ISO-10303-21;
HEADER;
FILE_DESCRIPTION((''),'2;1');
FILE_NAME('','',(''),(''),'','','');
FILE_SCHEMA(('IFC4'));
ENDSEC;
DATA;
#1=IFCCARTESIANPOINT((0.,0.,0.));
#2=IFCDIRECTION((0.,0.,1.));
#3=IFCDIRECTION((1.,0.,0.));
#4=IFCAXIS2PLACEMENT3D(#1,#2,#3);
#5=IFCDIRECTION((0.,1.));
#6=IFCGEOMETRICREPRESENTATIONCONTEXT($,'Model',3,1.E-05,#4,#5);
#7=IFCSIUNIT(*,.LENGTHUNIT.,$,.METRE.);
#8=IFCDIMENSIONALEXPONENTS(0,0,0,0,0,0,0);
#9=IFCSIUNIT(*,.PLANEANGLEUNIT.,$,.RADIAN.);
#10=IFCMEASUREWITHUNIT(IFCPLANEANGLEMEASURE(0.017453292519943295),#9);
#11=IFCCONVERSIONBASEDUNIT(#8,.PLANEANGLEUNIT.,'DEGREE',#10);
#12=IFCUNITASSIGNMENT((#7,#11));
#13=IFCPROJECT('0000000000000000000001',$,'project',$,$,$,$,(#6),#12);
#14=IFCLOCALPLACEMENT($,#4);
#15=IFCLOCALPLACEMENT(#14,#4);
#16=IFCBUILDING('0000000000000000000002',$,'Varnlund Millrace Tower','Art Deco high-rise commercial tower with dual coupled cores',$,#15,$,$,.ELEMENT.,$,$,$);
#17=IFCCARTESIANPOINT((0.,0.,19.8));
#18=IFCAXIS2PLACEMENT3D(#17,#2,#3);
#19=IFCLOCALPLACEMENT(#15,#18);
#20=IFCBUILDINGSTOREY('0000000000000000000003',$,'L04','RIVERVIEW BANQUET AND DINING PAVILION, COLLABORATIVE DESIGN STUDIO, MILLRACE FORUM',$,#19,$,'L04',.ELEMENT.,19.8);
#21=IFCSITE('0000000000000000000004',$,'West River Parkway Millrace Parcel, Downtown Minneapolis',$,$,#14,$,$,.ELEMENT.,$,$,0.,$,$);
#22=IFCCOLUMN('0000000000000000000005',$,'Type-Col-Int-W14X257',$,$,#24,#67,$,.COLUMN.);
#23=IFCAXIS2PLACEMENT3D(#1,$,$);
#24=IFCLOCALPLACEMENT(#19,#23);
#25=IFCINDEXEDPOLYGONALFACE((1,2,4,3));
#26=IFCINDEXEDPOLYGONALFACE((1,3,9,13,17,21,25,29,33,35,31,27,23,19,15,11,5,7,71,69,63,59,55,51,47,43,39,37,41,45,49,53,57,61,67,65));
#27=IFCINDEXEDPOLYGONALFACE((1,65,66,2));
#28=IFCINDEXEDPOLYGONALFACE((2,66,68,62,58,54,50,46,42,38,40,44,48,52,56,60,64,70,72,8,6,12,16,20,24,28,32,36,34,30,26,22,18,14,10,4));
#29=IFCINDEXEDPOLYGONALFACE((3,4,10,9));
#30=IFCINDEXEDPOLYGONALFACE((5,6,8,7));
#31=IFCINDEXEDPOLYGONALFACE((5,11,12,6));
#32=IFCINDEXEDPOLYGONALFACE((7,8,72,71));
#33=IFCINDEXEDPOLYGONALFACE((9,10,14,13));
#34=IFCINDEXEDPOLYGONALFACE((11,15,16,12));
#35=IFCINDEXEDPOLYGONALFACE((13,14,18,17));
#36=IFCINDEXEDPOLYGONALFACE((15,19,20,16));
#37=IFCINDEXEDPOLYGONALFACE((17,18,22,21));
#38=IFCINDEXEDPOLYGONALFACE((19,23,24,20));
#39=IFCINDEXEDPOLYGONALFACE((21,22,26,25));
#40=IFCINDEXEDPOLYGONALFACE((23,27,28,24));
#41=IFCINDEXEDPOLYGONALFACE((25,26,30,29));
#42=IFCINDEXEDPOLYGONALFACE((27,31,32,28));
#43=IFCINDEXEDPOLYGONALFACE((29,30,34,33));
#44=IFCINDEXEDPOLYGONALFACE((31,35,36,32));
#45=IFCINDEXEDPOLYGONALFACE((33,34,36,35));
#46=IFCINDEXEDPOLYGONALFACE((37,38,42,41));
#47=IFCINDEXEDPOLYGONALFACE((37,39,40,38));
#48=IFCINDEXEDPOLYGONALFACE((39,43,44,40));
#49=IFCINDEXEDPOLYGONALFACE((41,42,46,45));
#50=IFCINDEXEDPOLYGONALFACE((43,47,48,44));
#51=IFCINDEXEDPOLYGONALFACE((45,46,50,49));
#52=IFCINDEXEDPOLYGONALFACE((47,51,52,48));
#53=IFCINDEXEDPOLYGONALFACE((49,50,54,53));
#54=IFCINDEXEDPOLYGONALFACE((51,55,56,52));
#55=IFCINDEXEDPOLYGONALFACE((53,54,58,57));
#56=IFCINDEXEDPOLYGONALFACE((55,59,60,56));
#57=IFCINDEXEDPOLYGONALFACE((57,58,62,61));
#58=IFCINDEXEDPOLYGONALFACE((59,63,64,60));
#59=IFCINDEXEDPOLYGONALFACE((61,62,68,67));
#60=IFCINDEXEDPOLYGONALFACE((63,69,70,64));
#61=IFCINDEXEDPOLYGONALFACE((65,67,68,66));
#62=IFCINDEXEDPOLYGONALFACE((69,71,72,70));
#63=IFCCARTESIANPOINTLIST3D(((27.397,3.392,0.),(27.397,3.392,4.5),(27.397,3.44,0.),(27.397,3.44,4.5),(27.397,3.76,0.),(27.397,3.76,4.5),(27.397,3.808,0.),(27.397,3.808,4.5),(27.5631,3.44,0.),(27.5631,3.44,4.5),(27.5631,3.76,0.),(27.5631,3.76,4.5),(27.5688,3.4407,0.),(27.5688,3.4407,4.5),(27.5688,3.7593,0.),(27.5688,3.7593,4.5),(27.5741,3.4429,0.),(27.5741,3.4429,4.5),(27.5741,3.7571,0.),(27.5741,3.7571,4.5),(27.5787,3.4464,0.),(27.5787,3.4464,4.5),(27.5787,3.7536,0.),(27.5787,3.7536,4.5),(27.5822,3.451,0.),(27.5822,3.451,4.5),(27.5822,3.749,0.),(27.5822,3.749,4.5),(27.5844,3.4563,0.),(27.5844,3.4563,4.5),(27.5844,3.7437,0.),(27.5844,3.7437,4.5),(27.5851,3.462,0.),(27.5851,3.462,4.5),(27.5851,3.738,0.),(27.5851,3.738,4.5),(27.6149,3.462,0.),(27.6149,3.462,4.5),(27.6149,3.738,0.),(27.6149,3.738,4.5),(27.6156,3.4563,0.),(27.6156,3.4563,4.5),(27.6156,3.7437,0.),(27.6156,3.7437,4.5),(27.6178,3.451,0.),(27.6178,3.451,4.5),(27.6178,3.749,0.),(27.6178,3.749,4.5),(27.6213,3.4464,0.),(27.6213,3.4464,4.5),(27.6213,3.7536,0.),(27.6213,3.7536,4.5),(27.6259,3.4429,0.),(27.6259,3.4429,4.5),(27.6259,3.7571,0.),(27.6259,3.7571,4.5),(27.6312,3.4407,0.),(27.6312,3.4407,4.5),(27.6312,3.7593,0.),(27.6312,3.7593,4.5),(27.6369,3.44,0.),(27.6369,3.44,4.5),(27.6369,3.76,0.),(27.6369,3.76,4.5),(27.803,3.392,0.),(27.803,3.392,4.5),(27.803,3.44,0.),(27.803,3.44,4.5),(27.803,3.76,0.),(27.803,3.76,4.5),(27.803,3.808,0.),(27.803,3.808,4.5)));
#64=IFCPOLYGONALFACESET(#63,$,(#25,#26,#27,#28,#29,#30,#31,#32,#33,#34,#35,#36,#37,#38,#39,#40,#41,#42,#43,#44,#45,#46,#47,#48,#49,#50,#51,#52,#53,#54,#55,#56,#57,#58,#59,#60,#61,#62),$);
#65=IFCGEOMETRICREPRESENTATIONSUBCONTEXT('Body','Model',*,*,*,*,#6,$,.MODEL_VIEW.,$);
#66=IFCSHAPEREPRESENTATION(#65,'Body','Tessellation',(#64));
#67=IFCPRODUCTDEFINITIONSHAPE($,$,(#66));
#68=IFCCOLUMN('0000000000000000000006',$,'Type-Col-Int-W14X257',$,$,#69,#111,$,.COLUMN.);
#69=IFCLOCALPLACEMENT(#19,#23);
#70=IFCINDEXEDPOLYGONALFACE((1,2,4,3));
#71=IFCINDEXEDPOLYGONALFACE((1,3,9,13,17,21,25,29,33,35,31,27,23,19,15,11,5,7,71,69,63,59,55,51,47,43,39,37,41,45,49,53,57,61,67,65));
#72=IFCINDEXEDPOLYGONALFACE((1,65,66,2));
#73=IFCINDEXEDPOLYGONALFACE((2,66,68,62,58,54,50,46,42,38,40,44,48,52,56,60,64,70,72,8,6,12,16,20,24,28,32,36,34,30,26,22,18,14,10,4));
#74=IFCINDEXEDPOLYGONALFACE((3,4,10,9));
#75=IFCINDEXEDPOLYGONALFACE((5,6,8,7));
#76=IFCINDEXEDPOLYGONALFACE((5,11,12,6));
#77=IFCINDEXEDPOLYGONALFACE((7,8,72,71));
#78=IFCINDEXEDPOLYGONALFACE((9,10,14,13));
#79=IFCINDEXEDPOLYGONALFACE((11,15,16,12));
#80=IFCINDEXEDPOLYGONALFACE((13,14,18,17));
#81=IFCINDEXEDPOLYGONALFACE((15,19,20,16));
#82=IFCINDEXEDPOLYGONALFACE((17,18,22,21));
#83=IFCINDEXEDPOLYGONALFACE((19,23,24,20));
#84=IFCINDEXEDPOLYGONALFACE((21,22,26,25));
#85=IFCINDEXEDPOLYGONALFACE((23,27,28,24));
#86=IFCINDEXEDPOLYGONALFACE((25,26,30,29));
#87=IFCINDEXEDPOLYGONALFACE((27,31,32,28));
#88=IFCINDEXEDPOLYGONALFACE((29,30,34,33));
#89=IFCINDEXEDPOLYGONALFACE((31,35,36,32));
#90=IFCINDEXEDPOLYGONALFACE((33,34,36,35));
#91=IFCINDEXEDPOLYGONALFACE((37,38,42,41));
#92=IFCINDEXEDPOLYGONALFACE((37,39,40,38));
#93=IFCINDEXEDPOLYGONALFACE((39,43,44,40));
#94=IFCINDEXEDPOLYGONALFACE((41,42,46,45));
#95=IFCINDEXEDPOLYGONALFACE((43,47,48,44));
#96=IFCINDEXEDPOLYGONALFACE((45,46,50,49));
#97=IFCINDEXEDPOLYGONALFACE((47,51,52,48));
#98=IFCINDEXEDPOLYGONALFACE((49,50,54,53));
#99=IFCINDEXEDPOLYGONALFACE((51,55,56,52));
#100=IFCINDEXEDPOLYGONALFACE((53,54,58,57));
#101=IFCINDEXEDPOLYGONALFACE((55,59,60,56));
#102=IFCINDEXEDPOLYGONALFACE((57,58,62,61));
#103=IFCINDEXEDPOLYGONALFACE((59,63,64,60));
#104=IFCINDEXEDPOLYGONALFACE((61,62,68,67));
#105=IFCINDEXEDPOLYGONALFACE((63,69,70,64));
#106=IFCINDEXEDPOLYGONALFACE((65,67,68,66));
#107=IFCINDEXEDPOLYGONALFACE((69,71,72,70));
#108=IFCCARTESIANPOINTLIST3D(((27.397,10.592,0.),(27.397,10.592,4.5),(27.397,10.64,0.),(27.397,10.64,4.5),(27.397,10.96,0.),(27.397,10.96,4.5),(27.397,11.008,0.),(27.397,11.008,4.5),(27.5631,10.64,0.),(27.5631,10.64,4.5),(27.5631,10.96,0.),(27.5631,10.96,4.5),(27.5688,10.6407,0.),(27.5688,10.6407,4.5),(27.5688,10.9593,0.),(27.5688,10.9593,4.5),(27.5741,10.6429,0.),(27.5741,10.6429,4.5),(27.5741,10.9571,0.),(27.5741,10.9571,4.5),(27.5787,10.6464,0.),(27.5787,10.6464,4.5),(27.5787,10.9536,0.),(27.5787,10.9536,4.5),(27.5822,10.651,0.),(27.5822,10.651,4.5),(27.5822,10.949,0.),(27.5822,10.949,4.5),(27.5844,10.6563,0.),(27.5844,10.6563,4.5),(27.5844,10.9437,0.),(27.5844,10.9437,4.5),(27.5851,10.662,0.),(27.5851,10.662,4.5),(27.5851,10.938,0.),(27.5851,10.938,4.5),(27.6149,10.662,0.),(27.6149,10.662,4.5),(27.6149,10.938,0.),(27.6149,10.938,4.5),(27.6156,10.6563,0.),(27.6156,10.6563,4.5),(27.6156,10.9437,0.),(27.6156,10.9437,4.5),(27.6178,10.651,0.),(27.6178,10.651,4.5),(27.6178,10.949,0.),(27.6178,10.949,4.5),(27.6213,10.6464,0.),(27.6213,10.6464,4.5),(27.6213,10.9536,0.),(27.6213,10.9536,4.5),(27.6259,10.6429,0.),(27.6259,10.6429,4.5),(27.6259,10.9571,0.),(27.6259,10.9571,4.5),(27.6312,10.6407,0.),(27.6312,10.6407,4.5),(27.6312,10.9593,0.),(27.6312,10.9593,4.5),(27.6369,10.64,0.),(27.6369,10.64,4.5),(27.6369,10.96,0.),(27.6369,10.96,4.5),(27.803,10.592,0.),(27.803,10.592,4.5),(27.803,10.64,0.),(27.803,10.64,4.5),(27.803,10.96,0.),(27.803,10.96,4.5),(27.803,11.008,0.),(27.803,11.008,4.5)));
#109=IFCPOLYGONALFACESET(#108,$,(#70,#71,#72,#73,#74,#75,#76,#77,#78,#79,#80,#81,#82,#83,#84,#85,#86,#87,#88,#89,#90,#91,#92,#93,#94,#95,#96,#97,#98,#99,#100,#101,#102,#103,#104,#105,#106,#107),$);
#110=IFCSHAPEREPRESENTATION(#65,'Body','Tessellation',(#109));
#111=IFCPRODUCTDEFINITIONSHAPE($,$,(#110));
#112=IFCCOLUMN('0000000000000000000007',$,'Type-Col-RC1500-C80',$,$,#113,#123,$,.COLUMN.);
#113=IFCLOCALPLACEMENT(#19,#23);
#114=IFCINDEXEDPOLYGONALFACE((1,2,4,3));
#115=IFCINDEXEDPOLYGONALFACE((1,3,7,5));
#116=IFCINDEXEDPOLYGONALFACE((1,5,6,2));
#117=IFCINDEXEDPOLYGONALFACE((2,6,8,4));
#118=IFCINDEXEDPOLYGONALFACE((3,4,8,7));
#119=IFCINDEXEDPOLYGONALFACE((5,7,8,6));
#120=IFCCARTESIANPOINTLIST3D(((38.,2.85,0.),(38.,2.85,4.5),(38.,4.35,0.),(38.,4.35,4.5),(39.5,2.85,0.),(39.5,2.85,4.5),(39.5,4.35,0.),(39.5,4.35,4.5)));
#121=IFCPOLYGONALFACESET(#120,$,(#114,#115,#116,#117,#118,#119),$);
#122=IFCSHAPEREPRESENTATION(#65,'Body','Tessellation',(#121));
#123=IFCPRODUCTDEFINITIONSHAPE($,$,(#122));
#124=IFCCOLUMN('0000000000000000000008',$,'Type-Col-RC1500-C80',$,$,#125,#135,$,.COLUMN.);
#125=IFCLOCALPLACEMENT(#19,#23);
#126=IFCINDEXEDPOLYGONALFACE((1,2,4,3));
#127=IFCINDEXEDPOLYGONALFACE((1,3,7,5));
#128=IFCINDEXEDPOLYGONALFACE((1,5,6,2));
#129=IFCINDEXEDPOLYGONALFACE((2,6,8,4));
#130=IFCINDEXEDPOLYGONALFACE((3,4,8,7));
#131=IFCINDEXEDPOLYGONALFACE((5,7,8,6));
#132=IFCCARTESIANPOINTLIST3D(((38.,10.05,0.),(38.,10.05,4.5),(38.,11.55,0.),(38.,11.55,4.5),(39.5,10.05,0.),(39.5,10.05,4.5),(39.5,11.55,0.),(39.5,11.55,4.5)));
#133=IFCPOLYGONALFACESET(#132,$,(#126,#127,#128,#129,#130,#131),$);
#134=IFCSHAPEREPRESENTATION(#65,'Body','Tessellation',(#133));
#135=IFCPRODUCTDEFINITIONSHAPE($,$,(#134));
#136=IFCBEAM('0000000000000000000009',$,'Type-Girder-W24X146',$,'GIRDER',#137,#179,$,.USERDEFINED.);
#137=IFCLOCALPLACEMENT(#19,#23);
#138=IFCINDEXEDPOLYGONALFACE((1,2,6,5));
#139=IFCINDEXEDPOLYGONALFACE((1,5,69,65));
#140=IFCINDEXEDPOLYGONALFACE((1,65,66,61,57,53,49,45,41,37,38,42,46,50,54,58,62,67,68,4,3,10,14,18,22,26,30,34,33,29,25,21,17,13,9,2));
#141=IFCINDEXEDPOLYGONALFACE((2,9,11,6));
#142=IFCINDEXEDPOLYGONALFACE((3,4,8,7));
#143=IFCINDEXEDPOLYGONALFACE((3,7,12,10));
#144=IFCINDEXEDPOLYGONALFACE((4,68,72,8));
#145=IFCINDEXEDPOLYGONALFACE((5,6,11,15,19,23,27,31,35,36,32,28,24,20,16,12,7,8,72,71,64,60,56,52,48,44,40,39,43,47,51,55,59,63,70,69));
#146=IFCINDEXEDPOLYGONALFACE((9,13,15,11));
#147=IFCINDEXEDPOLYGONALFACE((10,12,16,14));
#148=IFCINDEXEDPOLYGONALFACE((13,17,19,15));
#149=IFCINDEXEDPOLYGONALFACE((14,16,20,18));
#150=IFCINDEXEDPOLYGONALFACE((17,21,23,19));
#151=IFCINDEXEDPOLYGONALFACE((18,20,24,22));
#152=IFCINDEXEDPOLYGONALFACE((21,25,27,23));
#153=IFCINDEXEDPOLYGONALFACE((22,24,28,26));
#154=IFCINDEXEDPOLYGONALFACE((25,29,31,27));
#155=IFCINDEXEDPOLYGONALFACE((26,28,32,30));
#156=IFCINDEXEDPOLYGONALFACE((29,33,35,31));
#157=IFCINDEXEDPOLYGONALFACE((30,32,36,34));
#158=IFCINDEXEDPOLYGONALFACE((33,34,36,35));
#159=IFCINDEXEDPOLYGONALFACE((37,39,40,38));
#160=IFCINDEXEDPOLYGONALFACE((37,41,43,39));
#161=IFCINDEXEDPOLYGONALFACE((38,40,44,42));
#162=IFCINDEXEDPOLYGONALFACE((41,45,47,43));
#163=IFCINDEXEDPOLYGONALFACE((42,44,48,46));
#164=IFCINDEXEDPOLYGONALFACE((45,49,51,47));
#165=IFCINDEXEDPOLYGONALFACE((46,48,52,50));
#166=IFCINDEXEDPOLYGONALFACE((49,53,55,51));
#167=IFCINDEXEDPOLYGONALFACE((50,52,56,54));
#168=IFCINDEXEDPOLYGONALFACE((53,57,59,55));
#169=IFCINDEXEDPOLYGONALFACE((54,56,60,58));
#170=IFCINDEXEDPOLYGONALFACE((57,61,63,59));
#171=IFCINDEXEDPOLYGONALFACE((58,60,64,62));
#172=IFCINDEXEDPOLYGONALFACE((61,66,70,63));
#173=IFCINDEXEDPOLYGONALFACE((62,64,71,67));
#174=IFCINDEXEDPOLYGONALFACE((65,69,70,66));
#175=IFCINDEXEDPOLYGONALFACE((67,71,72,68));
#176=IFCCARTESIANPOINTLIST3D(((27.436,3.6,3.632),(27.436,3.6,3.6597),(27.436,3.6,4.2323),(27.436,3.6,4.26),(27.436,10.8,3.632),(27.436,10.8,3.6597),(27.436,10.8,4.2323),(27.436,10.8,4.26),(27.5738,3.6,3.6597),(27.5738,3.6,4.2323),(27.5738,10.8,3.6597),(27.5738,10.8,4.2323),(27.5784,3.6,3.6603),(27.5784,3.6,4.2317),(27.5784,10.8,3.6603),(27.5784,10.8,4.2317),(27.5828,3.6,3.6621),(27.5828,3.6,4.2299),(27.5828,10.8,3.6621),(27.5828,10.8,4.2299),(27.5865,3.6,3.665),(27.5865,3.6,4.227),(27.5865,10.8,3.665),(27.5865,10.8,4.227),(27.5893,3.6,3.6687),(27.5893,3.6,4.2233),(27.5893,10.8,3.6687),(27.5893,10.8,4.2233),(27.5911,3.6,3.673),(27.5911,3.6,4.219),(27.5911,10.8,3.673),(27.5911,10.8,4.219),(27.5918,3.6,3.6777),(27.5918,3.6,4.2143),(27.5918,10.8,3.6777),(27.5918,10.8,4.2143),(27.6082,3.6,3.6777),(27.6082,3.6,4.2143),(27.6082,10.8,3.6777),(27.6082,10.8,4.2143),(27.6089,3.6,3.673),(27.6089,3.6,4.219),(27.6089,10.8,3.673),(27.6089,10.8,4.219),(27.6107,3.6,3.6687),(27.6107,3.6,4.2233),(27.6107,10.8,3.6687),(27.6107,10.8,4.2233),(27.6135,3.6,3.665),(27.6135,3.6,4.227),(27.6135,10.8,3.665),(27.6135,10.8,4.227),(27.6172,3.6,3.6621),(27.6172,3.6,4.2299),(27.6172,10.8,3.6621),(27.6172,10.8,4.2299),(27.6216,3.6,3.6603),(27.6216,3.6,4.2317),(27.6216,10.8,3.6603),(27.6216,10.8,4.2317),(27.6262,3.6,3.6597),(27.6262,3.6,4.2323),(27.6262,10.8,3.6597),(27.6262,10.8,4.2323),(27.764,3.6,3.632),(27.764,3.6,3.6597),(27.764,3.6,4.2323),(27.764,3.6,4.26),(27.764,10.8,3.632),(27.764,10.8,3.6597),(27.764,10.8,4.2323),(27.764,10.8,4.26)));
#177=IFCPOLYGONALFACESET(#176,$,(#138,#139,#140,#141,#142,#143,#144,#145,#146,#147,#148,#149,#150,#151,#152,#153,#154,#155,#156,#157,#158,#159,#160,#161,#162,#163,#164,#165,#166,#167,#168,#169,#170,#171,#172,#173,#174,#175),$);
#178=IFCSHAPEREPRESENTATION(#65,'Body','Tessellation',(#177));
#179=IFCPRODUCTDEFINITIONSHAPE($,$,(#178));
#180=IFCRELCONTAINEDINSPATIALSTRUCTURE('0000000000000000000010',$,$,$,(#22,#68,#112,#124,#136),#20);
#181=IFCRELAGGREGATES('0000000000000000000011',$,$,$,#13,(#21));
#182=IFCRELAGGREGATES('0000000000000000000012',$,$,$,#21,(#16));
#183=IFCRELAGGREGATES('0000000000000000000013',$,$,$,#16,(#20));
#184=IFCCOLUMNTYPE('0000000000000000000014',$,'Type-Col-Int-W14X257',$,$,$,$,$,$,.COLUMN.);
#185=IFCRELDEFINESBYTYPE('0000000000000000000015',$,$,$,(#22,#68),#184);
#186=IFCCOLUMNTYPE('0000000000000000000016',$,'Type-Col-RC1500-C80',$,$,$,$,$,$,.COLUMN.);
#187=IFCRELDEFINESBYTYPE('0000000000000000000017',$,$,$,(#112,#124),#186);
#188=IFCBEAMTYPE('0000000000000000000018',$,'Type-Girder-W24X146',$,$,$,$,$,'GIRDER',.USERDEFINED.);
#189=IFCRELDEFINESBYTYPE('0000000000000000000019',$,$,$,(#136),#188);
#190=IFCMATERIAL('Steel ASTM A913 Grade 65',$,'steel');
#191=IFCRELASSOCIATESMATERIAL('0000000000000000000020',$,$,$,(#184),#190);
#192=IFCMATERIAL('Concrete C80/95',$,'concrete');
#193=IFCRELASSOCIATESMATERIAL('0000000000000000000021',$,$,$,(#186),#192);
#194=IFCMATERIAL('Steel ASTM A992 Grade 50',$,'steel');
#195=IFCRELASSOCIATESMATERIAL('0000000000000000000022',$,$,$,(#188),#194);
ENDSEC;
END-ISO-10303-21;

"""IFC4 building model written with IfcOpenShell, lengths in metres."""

from ifc_helpers import new_model, entity, si_unit, converted_unit, direction, frame, origin_with_axes, origin_2d_with_axis, place, context, subcontext, project, spatial, rectangle, i_section, extrude, material, material_profile, profile_set, type_object, element, save


model = new_model("IFC4")

# Units and contexts
model_context = context("Model", 3, precision=1e-05, world=origin_with_axes(), true_north=direction((0.0, 1.0)))
body_context = subcontext(model_context, "Body", "Model", "MODEL_VIEW")
ifc_project = project(units=[si_unit("LENGTHUNIT", "METRE"), converted_unit("PLANEANGLEUNIT", "DEGREE", entity("IfcPlaneAngleMeasure", 0.017453292519943295), si_unit("PLANEANGLEUNIT", "RADIAN"), dimensions=[0, 0, 0, 0, 0, 0, 0])], contexts=[model_context])

# Site, building, storey
site_placement = place(None, origin_with_axes())
site = spatial("IfcSite", under=ifc_project, at=site_placement, Name="West River Parkway Millrace Parcel, Downtown Minneapolis", CompositionType="ELEMENT", RefElevation=0.0)
building_placement = place(site_placement, origin_with_axes())
building = spatial("IfcBuilding", under=site, at=building_placement, Name="Varnlund Millrace Tower", Description="Art Deco high-rise commercial tower with dual coupled cores", CompositionType="ELEMENT")
storey_placement = place(building_placement, frame((0.0, 0.0, 19.8), z_axis=(0.0, 0.0, 1.0), x_axis=(1.0, 0.0, 0.0)))
storey = spatial("IfcBuildingStorey", under=building, at=storey_placement, Name="L04", Description="RIVERVIEW BANQUET AND DINING PAVILION, COLLABORATIVE DESIGN STUDIO, MILLRACE FORUM", LongName="L04", CompositionType="ELEMENT", Elevation=19.8)

# Columns
ifc_material_1 = material(Name="Steel ASTM A913 Grade 65", Category="steel")
ifc_material_profile_1 = material_profile(ifc_material_1, i_section(OverallWidth=0.406, OverallDepth=0.416, WebThickness=0.0298, FlangeThickness=0.048, FilletRadius=0.022, at=origin_2d_with_axis()), Name="Steel ASTM A913 Grade 65")
ifc_profile_set_1 = profile_set([ifc_material_profile_1], Name="Steel ASTM A913 Grade 65")
column_type_1 = type_object("IfcColumnType", Name="Type-Col-Int-W14X257", PredefinedType="COLUMN", material=ifc_profile_set_1)
for number, where, z_axis, x_axis, name in (
    (1, (27.6, 3.6, 0.0), (0.0, 0.0, 1.0), (1.0, 0.0, 0.0), "Type-Col-Int-W14X257"),
    (2, (27.6, 10.8, 0.0), (0.0, 0.0, 1.0), (1.0, 0.0, 0.0), "Type-Col-Int-W14X257"),
):
    element("IfcColumn", number, at=place(storey_placement, frame(where, z_axis=z_axis, x_axis=x_axis)), inside=storey, type_object=column_type_1, Name=name, PredefinedType="COLUMN", context=body_context, shape_type="SweptSolid", body=[
        extrude(i_section(OverallWidth=0.406, OverallDepth=0.416, WebThickness=0.0298, FlangeThickness=0.048, FilletRadius=0.022, at=origin_2d_with_axis()), origin_with_axes(), (0.0, 0.0, 1.0), 4.5),
    ])
ifc_material_2 = material(Name="Concrete C80/95", Category="concrete")
ifc_material_profile_2 = material_profile(ifc_material_2, rectangle(XDim=1.5, YDim=1.5, at=origin_2d_with_axis()), Name="Concrete C80/95")
ifc_profile_set_2 = profile_set([ifc_material_profile_2], Name="Concrete C80/95")
column_type_2 = type_object("IfcColumnType", Name="Type-Col-RC1500-C80", PredefinedType="COLUMN", material=ifc_profile_set_2)
for number, where, z_axis, x_axis, name in (
    (3, (38.75, 3.6, 0.0), (0.0, 0.0, 1.0), (1.0, 0.0, 0.0), "Type-Col-RC1500-C80"),
    (4, (38.75, 10.8, 0.0), (0.0, 0.0, 1.0), (1.0, 0.0, 0.0), "Type-Col-RC1500-C80"),
):
    element("IfcColumn", number, at=place(storey_placement, frame(where, z_axis=z_axis, x_axis=x_axis)), inside=storey, type_object=column_type_2, Name=name, PredefinedType="COLUMN", context=body_context, shape_type="SweptSolid", body=[
        extrude(rectangle(XDim=1.5, YDim=1.5, at=origin_2d_with_axis()), origin_with_axes(), (0.0, 0.0, 1.0), 4.5),
    ])

# Beam
ifc_material_3 = material(Name="Steel ASTM A992 Grade 50", Category="steel")
ifc_material_profile_3 = material_profile(ifc_material_3, i_section(OverallWidth=0.328, OverallDepth=0.628, WebThickness=0.0165, FlangeThickness=0.0277, FilletRadius=0.018, at=origin_2d_with_axis()), Name="Steel ASTM A992 Grade 50")
ifc_profile_set_3 = profile_set([ifc_material_profile_3], Name="Steel ASTM A992 Grade 50")
beam_type_1 = type_object("IfcBeamType", Name="Type-Girder-W24X146", ElementType="GIRDER", PredefinedType="USERDEFINED", material=ifc_profile_set_3)
for number, where, z_axis, x_axis, name in (
    (5, (27.6, 3.6, 3.946), (0.0, 1.0, 0.0), (-1.0, 0.0, 0.0), "Type-Girder-W24X146"),
):
    element("IfcBeam", number, at=place(storey_placement, frame(where, z_axis=z_axis, x_axis=x_axis)), inside=storey, type_object=beam_type_1, Name=name, ObjectType="GIRDER", PredefinedType="USERDEFINED", context=body_context, shape_type="SweptSolid", body=[
        extrude(i_section(OverallWidth=0.328, OverallDepth=0.628, WebThickness=0.0165, FlangeThickness=0.0277, FilletRadius=0.018, at=origin_2d_with_axis()), origin_with_axes(), (0.0, 0.0, 1.0), 7.2),
    ])

save(model, "model.ifc")
